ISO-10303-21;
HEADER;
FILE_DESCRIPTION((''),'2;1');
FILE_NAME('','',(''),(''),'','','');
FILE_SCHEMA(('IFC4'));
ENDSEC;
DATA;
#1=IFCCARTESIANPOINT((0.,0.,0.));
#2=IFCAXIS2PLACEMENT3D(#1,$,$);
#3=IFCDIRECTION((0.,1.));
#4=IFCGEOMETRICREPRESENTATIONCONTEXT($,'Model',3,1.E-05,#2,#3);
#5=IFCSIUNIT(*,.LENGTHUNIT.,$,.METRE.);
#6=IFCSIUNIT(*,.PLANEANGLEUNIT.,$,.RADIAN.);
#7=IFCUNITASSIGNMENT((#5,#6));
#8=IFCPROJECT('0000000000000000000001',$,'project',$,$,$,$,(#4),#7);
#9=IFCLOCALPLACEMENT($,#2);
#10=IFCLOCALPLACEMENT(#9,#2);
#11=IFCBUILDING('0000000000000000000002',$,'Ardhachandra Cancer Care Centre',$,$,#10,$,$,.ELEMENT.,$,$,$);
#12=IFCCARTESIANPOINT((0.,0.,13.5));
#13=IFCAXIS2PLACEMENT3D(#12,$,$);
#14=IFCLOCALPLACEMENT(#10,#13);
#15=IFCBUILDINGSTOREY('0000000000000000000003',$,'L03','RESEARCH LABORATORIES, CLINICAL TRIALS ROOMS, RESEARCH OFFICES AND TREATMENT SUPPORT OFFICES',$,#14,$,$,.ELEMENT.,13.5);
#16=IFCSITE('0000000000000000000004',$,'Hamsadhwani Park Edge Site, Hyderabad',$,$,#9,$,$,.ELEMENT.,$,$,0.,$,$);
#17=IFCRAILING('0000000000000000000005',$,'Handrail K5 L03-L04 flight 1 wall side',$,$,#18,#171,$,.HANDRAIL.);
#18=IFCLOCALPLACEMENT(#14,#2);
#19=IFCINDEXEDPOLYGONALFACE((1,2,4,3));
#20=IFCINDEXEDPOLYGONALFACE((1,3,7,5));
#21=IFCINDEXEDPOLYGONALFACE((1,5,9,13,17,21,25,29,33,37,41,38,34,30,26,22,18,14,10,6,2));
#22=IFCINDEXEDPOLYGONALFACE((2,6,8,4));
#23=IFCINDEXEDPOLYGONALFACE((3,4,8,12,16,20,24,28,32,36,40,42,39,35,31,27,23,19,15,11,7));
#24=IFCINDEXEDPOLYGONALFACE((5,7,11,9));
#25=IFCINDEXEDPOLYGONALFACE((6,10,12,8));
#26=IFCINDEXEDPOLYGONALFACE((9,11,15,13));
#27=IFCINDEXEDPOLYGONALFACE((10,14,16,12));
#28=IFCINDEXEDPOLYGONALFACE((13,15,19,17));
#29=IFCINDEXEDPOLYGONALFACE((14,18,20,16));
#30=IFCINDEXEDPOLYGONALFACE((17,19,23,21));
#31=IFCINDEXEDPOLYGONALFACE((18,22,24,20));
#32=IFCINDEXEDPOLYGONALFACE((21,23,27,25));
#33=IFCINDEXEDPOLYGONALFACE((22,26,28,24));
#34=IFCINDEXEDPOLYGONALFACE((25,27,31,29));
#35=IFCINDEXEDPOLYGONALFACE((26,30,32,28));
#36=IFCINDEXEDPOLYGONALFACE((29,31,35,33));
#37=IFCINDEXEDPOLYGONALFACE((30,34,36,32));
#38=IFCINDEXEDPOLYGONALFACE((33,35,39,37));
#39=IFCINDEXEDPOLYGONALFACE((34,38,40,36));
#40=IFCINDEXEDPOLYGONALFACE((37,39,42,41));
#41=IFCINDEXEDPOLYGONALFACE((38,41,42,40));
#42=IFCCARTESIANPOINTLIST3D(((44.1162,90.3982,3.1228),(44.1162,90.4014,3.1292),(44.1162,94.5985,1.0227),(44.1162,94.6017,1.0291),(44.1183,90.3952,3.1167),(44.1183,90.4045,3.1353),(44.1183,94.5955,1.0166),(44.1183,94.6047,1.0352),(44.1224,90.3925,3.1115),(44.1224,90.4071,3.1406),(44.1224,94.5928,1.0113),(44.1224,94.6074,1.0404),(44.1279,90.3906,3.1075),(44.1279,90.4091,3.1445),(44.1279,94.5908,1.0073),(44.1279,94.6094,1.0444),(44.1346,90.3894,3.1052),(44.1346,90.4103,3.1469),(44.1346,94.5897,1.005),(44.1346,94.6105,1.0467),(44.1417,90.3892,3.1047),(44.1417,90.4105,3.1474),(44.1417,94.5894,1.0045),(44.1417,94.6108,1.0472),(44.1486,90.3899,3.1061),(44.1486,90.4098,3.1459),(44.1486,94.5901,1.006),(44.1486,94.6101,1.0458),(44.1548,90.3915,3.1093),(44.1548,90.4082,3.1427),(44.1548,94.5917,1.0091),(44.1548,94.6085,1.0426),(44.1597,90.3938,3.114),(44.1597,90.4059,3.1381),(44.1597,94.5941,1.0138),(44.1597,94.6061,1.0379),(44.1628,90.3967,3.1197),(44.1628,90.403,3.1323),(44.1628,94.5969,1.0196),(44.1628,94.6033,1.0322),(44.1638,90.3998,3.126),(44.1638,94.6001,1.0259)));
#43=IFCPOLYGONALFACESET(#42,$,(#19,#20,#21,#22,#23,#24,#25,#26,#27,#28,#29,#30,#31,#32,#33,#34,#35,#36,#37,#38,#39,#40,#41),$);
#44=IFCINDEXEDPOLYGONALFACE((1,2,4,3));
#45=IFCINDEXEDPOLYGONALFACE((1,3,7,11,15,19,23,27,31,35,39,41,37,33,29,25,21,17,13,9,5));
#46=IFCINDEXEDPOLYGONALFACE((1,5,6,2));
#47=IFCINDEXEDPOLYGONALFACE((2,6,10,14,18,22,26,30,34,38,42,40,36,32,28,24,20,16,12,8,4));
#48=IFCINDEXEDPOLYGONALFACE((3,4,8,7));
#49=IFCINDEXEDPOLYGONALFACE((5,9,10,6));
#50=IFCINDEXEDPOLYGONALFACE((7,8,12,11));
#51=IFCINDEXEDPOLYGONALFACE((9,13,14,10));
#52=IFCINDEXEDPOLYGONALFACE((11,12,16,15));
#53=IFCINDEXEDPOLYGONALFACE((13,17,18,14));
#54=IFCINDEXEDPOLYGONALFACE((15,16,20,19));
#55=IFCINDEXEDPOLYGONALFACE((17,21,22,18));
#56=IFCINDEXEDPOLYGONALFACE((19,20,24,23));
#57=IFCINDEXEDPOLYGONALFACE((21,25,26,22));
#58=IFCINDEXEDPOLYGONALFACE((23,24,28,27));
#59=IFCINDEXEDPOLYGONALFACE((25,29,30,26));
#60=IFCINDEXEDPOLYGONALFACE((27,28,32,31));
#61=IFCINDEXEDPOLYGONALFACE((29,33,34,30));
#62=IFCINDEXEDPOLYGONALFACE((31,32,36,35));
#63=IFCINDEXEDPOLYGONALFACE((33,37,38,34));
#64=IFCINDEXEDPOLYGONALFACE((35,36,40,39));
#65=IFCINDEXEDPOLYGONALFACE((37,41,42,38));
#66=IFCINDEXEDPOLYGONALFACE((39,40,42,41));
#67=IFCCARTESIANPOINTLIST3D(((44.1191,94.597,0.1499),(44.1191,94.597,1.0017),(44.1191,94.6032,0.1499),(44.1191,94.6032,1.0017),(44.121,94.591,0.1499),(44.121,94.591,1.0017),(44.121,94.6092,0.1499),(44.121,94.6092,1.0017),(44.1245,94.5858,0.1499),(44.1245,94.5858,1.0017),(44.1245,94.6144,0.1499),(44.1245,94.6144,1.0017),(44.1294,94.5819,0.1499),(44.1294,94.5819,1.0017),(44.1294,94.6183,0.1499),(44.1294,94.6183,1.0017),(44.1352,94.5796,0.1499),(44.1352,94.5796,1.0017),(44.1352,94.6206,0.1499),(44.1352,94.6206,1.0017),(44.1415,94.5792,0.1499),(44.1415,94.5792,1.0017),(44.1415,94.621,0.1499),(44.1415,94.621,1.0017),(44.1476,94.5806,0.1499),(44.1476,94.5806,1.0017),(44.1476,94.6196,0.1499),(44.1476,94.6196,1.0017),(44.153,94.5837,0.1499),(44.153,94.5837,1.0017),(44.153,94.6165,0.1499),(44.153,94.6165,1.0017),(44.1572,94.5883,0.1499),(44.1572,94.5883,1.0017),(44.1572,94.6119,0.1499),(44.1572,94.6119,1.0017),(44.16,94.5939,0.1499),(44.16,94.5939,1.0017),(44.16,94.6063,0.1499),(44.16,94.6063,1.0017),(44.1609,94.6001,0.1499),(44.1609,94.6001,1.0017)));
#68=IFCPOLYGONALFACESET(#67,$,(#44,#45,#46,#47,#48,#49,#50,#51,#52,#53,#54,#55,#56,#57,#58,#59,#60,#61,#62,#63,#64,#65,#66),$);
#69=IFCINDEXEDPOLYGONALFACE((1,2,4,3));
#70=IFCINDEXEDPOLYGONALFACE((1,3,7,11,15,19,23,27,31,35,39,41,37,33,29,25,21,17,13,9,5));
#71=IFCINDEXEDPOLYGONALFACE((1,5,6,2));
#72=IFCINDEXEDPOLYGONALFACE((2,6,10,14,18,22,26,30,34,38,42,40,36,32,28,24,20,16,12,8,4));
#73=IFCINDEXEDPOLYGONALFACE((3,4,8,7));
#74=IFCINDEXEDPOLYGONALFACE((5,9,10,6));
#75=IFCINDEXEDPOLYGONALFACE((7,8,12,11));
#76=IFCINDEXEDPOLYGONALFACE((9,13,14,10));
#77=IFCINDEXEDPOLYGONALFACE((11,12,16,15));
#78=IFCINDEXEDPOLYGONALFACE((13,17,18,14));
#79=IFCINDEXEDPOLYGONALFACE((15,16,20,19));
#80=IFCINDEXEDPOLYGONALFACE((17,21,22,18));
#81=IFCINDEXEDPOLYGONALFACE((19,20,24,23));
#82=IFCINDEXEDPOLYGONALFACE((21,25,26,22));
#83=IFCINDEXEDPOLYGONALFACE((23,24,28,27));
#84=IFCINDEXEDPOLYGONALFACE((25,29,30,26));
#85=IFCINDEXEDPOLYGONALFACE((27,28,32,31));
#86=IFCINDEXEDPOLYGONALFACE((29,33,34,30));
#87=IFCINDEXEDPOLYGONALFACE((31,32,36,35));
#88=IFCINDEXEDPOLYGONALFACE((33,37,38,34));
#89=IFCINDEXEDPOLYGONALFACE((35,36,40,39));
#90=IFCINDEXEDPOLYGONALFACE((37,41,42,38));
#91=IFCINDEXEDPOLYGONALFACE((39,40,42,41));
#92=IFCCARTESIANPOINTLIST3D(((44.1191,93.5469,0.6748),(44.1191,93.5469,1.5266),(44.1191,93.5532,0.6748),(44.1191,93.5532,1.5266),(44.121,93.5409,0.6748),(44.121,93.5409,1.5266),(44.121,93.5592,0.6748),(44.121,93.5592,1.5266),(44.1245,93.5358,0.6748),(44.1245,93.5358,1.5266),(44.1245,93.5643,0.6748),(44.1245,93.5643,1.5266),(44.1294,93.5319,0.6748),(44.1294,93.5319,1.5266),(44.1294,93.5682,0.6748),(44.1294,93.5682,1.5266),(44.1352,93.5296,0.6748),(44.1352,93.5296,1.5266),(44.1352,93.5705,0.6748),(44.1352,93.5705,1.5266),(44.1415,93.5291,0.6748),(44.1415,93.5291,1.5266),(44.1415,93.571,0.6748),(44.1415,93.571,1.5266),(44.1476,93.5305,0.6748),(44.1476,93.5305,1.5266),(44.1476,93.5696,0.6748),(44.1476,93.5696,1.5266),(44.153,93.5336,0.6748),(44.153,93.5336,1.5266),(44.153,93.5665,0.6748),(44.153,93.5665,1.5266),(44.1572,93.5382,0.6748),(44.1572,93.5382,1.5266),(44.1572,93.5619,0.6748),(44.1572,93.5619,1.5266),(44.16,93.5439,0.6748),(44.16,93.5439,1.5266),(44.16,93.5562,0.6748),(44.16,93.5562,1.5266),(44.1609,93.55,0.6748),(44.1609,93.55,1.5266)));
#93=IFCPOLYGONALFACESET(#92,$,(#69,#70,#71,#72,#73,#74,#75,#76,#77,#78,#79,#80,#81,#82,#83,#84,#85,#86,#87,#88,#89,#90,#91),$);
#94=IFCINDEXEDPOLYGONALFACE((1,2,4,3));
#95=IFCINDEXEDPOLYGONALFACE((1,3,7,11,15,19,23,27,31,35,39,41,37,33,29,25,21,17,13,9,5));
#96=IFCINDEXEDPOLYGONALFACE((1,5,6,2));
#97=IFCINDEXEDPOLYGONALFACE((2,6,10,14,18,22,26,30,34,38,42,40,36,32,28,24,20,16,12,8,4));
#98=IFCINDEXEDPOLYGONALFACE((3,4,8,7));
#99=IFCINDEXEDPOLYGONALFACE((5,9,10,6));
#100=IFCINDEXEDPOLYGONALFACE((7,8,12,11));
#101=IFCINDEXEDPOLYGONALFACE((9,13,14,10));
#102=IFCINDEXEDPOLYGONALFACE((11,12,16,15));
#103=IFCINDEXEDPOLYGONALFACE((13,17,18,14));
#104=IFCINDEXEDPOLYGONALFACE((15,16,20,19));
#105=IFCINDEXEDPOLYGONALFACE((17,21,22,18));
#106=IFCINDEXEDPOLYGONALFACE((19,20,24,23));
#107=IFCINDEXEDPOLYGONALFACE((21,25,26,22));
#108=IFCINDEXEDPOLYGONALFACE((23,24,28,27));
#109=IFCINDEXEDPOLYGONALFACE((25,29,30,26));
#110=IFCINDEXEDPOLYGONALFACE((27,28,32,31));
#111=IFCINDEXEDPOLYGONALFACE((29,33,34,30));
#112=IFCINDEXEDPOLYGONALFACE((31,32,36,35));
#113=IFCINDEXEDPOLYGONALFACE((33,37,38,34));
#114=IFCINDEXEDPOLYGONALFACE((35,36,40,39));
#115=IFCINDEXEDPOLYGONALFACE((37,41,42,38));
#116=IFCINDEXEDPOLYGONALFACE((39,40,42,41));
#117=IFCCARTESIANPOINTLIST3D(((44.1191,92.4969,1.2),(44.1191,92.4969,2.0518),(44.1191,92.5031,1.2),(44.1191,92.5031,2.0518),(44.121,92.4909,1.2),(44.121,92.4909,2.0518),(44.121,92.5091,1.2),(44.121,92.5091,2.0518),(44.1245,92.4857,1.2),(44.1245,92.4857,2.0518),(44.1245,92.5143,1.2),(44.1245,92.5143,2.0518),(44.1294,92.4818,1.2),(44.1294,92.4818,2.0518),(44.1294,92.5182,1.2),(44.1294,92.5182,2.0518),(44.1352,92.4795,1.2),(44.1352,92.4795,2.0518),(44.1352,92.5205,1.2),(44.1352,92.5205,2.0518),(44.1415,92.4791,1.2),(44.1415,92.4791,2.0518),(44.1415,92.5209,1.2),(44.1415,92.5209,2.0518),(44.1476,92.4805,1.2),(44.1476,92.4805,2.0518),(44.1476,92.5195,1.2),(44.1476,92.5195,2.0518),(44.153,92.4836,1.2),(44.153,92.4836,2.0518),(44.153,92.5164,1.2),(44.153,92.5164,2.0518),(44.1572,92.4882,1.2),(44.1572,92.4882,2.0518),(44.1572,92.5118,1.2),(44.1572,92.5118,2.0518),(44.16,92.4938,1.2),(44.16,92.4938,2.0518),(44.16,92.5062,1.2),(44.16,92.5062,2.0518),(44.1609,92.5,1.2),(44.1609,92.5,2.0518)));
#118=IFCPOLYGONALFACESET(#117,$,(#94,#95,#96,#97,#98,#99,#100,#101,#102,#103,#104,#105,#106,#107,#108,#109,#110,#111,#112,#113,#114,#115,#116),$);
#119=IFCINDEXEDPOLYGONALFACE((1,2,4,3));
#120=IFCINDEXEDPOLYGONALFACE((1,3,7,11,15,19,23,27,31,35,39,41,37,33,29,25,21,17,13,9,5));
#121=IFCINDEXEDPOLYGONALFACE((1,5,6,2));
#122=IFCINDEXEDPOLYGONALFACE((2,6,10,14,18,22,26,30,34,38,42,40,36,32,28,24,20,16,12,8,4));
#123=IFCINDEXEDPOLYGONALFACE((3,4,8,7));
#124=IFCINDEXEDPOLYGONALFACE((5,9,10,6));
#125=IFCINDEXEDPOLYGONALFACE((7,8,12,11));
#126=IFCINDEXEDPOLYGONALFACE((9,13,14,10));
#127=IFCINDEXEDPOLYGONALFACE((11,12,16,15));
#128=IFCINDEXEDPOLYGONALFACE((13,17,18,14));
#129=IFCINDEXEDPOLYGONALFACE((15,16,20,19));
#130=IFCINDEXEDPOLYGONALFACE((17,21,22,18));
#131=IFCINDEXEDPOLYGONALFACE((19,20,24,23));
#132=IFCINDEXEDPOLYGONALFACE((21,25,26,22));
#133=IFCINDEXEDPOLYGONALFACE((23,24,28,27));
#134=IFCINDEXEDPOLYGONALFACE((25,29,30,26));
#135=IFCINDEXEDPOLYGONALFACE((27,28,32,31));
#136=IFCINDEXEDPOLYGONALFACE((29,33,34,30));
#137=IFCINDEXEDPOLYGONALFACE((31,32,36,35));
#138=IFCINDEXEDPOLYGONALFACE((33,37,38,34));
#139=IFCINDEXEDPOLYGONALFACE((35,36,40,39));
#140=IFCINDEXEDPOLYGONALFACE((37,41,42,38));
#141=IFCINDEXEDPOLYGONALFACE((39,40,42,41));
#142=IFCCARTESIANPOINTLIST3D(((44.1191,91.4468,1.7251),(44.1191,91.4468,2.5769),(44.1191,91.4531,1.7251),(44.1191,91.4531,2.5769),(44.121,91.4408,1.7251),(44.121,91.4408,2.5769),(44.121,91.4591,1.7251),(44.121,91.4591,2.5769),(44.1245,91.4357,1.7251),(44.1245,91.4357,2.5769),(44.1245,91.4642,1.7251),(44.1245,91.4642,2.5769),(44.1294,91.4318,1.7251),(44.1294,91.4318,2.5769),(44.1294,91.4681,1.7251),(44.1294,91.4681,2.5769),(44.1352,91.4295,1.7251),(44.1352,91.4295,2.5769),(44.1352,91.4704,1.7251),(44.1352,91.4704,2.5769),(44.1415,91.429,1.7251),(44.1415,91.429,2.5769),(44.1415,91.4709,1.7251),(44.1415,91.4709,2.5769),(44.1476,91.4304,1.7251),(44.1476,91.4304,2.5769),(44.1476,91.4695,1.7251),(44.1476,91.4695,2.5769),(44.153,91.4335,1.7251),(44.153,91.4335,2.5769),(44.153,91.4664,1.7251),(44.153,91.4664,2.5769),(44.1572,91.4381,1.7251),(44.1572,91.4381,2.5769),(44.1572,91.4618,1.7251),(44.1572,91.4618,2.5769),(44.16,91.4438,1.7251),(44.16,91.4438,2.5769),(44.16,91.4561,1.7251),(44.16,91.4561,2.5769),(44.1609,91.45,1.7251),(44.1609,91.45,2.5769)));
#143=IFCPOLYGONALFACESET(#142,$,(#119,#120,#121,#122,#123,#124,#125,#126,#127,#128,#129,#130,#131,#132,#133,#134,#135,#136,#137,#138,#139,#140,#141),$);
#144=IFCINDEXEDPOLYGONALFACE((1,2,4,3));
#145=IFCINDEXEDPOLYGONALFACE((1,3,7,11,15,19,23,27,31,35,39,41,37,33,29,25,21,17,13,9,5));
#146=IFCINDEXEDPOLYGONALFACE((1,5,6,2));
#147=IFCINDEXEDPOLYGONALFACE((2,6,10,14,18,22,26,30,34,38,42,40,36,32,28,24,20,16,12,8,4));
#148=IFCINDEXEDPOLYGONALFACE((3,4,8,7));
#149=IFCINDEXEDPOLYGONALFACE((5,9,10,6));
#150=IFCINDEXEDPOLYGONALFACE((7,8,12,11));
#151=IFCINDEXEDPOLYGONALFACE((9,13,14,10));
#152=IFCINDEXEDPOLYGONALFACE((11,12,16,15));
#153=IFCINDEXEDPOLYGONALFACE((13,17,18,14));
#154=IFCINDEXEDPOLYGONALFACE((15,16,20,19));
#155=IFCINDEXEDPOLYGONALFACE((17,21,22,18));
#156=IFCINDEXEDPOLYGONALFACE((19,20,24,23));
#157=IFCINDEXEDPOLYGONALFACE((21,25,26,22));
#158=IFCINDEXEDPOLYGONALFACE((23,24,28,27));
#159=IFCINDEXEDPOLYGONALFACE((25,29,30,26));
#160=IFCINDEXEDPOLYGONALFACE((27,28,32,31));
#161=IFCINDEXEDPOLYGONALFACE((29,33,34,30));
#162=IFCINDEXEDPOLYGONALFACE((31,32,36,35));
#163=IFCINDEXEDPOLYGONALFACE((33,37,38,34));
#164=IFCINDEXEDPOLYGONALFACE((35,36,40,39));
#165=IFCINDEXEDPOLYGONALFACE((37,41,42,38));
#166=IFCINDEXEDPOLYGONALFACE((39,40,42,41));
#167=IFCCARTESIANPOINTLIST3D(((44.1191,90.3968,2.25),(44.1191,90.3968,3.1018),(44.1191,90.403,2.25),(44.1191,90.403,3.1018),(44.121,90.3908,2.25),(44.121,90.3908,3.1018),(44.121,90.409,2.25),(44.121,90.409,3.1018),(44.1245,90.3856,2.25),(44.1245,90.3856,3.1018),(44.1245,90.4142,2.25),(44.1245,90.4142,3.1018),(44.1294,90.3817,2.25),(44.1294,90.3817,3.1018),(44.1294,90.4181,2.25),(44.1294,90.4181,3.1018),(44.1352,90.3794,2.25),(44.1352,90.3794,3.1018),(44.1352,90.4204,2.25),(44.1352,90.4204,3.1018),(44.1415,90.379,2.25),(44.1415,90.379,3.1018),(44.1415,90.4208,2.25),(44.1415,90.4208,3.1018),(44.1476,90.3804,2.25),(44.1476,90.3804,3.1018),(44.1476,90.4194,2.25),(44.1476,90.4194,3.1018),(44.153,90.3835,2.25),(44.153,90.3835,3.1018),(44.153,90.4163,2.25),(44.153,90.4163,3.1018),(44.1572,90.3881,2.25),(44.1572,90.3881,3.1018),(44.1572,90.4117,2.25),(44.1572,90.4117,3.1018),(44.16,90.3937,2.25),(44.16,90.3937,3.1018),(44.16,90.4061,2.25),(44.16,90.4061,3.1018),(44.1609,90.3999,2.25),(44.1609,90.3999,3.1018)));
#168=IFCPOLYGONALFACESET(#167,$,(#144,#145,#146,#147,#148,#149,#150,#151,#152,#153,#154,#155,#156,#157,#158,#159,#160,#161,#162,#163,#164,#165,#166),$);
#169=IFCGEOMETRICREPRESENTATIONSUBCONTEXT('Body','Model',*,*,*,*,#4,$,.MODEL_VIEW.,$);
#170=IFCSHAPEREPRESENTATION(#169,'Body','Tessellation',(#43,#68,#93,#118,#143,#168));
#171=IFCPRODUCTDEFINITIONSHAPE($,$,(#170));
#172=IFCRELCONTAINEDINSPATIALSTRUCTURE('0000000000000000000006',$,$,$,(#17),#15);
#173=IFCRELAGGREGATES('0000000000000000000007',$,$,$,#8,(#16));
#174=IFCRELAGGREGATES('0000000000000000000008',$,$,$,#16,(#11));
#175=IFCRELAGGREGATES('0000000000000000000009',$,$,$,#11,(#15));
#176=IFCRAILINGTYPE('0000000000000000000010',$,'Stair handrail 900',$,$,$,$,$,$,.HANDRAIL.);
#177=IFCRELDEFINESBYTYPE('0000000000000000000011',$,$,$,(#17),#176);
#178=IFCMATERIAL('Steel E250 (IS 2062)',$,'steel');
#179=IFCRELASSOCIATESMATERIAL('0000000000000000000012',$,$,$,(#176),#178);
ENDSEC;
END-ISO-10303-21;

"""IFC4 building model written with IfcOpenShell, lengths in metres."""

from ifc_helpers import new_model, si_unit, direction, frame, origin, origin_2d, place, context, subcontext, project, spatial, circle, extrude, material, type_object, element, save


model = new_model("IFC4")

# Units and contexts
model_context = context("Model", 3, precision=1e-05, world=origin(), true_north=direction((0.0, 1.0)))
body_context = subcontext(model_context, "Body", "Model", "MODEL_VIEW")
ifc_project = project(units=[si_unit("LENGTHUNIT", "METRE"), si_unit("PLANEANGLEUNIT", "RADIAN")], contexts=[model_context])

# Site, building, storey
site_placement = place(None, origin())
site = spatial("IfcSite", under=ifc_project, at=site_placement, Name="Hamsadhwani Park Edge Site, Hyderabad", CompositionType="ELEMENT", RefElevation=0.0)
building_placement = place(site_placement, origin())
building = spatial("IfcBuilding", under=site, at=building_placement, Name="Ardhachandra Cancer Care Centre", CompositionType="ELEMENT")
storey_placement = place(building_placement, frame((0.0, 0.0, 13.5)))
storey = spatial("IfcBuildingStorey", under=building, at=storey_placement, Name="L03", Description="RESEARCH LABORATORIES, CLINICAL TRIALS ROOMS, RESEARCH OFFICES AND TREATMENT SUPPORT OFFICES", CompositionType="ELEMENT", Elevation=13.5)

# Railing
ifc_material_1 = material(Name="Steel E250 (IS 2062)", Category="steel")
railing_type_1 = type_object("IfcRailingType", Name="Stair handrail 900", PredefinedType="HANDRAIL", material=ifc_material_1)
for number, where, name in (
    (1, (44.1399, 94.6001, 0.1499), "Handrail K5 L03-L04 flight 1 wall side"),
):
    element("IfcRailing", number, at=place(storey_placement, frame(where)), inside=storey, type_object=railing_type_1, Name=name, PredefinedType="HANDRAIL", context=body_context, shape_type="SweptSolid", body=[
        extrude(circle(Radius=0.0239, at=origin_2d()), frame((0.0, 0.0, 0.876), z_axis=(0.0, -0.894427, 0.447214), x_axis=(1.0, 0.0, 0.0)), (0.0, 0.0, 1.0), 4.696),
        extrude(circle(Radius=0.021, at=origin_2d()), origin(), (0.0, 0.0, 1.0), 0.8518),
        extrude(circle(Radius=0.021, at=origin_2d()), frame((0.0, -1.05, 0.5249)), (0.0, 0.0, 1.0), 0.8518),
        extrude(circle(Radius=0.021, at=origin_2d()), frame((0.0, -2.1001, 1.05)), (0.0, 0.0, 1.0), 0.8518),
        extrude(circle(Radius=0.021, at=origin_2d()), frame((0.0, -3.1501, 1.5752)), (0.0, 0.0, 1.0), 0.8518),
        extrude(circle(Radius=0.021, at=origin_2d()), frame((0.0, -4.2002, 2.1001)), (0.0, 0.0, 1.0), 0.8518),
    ])

save(model, "model.ifc")
